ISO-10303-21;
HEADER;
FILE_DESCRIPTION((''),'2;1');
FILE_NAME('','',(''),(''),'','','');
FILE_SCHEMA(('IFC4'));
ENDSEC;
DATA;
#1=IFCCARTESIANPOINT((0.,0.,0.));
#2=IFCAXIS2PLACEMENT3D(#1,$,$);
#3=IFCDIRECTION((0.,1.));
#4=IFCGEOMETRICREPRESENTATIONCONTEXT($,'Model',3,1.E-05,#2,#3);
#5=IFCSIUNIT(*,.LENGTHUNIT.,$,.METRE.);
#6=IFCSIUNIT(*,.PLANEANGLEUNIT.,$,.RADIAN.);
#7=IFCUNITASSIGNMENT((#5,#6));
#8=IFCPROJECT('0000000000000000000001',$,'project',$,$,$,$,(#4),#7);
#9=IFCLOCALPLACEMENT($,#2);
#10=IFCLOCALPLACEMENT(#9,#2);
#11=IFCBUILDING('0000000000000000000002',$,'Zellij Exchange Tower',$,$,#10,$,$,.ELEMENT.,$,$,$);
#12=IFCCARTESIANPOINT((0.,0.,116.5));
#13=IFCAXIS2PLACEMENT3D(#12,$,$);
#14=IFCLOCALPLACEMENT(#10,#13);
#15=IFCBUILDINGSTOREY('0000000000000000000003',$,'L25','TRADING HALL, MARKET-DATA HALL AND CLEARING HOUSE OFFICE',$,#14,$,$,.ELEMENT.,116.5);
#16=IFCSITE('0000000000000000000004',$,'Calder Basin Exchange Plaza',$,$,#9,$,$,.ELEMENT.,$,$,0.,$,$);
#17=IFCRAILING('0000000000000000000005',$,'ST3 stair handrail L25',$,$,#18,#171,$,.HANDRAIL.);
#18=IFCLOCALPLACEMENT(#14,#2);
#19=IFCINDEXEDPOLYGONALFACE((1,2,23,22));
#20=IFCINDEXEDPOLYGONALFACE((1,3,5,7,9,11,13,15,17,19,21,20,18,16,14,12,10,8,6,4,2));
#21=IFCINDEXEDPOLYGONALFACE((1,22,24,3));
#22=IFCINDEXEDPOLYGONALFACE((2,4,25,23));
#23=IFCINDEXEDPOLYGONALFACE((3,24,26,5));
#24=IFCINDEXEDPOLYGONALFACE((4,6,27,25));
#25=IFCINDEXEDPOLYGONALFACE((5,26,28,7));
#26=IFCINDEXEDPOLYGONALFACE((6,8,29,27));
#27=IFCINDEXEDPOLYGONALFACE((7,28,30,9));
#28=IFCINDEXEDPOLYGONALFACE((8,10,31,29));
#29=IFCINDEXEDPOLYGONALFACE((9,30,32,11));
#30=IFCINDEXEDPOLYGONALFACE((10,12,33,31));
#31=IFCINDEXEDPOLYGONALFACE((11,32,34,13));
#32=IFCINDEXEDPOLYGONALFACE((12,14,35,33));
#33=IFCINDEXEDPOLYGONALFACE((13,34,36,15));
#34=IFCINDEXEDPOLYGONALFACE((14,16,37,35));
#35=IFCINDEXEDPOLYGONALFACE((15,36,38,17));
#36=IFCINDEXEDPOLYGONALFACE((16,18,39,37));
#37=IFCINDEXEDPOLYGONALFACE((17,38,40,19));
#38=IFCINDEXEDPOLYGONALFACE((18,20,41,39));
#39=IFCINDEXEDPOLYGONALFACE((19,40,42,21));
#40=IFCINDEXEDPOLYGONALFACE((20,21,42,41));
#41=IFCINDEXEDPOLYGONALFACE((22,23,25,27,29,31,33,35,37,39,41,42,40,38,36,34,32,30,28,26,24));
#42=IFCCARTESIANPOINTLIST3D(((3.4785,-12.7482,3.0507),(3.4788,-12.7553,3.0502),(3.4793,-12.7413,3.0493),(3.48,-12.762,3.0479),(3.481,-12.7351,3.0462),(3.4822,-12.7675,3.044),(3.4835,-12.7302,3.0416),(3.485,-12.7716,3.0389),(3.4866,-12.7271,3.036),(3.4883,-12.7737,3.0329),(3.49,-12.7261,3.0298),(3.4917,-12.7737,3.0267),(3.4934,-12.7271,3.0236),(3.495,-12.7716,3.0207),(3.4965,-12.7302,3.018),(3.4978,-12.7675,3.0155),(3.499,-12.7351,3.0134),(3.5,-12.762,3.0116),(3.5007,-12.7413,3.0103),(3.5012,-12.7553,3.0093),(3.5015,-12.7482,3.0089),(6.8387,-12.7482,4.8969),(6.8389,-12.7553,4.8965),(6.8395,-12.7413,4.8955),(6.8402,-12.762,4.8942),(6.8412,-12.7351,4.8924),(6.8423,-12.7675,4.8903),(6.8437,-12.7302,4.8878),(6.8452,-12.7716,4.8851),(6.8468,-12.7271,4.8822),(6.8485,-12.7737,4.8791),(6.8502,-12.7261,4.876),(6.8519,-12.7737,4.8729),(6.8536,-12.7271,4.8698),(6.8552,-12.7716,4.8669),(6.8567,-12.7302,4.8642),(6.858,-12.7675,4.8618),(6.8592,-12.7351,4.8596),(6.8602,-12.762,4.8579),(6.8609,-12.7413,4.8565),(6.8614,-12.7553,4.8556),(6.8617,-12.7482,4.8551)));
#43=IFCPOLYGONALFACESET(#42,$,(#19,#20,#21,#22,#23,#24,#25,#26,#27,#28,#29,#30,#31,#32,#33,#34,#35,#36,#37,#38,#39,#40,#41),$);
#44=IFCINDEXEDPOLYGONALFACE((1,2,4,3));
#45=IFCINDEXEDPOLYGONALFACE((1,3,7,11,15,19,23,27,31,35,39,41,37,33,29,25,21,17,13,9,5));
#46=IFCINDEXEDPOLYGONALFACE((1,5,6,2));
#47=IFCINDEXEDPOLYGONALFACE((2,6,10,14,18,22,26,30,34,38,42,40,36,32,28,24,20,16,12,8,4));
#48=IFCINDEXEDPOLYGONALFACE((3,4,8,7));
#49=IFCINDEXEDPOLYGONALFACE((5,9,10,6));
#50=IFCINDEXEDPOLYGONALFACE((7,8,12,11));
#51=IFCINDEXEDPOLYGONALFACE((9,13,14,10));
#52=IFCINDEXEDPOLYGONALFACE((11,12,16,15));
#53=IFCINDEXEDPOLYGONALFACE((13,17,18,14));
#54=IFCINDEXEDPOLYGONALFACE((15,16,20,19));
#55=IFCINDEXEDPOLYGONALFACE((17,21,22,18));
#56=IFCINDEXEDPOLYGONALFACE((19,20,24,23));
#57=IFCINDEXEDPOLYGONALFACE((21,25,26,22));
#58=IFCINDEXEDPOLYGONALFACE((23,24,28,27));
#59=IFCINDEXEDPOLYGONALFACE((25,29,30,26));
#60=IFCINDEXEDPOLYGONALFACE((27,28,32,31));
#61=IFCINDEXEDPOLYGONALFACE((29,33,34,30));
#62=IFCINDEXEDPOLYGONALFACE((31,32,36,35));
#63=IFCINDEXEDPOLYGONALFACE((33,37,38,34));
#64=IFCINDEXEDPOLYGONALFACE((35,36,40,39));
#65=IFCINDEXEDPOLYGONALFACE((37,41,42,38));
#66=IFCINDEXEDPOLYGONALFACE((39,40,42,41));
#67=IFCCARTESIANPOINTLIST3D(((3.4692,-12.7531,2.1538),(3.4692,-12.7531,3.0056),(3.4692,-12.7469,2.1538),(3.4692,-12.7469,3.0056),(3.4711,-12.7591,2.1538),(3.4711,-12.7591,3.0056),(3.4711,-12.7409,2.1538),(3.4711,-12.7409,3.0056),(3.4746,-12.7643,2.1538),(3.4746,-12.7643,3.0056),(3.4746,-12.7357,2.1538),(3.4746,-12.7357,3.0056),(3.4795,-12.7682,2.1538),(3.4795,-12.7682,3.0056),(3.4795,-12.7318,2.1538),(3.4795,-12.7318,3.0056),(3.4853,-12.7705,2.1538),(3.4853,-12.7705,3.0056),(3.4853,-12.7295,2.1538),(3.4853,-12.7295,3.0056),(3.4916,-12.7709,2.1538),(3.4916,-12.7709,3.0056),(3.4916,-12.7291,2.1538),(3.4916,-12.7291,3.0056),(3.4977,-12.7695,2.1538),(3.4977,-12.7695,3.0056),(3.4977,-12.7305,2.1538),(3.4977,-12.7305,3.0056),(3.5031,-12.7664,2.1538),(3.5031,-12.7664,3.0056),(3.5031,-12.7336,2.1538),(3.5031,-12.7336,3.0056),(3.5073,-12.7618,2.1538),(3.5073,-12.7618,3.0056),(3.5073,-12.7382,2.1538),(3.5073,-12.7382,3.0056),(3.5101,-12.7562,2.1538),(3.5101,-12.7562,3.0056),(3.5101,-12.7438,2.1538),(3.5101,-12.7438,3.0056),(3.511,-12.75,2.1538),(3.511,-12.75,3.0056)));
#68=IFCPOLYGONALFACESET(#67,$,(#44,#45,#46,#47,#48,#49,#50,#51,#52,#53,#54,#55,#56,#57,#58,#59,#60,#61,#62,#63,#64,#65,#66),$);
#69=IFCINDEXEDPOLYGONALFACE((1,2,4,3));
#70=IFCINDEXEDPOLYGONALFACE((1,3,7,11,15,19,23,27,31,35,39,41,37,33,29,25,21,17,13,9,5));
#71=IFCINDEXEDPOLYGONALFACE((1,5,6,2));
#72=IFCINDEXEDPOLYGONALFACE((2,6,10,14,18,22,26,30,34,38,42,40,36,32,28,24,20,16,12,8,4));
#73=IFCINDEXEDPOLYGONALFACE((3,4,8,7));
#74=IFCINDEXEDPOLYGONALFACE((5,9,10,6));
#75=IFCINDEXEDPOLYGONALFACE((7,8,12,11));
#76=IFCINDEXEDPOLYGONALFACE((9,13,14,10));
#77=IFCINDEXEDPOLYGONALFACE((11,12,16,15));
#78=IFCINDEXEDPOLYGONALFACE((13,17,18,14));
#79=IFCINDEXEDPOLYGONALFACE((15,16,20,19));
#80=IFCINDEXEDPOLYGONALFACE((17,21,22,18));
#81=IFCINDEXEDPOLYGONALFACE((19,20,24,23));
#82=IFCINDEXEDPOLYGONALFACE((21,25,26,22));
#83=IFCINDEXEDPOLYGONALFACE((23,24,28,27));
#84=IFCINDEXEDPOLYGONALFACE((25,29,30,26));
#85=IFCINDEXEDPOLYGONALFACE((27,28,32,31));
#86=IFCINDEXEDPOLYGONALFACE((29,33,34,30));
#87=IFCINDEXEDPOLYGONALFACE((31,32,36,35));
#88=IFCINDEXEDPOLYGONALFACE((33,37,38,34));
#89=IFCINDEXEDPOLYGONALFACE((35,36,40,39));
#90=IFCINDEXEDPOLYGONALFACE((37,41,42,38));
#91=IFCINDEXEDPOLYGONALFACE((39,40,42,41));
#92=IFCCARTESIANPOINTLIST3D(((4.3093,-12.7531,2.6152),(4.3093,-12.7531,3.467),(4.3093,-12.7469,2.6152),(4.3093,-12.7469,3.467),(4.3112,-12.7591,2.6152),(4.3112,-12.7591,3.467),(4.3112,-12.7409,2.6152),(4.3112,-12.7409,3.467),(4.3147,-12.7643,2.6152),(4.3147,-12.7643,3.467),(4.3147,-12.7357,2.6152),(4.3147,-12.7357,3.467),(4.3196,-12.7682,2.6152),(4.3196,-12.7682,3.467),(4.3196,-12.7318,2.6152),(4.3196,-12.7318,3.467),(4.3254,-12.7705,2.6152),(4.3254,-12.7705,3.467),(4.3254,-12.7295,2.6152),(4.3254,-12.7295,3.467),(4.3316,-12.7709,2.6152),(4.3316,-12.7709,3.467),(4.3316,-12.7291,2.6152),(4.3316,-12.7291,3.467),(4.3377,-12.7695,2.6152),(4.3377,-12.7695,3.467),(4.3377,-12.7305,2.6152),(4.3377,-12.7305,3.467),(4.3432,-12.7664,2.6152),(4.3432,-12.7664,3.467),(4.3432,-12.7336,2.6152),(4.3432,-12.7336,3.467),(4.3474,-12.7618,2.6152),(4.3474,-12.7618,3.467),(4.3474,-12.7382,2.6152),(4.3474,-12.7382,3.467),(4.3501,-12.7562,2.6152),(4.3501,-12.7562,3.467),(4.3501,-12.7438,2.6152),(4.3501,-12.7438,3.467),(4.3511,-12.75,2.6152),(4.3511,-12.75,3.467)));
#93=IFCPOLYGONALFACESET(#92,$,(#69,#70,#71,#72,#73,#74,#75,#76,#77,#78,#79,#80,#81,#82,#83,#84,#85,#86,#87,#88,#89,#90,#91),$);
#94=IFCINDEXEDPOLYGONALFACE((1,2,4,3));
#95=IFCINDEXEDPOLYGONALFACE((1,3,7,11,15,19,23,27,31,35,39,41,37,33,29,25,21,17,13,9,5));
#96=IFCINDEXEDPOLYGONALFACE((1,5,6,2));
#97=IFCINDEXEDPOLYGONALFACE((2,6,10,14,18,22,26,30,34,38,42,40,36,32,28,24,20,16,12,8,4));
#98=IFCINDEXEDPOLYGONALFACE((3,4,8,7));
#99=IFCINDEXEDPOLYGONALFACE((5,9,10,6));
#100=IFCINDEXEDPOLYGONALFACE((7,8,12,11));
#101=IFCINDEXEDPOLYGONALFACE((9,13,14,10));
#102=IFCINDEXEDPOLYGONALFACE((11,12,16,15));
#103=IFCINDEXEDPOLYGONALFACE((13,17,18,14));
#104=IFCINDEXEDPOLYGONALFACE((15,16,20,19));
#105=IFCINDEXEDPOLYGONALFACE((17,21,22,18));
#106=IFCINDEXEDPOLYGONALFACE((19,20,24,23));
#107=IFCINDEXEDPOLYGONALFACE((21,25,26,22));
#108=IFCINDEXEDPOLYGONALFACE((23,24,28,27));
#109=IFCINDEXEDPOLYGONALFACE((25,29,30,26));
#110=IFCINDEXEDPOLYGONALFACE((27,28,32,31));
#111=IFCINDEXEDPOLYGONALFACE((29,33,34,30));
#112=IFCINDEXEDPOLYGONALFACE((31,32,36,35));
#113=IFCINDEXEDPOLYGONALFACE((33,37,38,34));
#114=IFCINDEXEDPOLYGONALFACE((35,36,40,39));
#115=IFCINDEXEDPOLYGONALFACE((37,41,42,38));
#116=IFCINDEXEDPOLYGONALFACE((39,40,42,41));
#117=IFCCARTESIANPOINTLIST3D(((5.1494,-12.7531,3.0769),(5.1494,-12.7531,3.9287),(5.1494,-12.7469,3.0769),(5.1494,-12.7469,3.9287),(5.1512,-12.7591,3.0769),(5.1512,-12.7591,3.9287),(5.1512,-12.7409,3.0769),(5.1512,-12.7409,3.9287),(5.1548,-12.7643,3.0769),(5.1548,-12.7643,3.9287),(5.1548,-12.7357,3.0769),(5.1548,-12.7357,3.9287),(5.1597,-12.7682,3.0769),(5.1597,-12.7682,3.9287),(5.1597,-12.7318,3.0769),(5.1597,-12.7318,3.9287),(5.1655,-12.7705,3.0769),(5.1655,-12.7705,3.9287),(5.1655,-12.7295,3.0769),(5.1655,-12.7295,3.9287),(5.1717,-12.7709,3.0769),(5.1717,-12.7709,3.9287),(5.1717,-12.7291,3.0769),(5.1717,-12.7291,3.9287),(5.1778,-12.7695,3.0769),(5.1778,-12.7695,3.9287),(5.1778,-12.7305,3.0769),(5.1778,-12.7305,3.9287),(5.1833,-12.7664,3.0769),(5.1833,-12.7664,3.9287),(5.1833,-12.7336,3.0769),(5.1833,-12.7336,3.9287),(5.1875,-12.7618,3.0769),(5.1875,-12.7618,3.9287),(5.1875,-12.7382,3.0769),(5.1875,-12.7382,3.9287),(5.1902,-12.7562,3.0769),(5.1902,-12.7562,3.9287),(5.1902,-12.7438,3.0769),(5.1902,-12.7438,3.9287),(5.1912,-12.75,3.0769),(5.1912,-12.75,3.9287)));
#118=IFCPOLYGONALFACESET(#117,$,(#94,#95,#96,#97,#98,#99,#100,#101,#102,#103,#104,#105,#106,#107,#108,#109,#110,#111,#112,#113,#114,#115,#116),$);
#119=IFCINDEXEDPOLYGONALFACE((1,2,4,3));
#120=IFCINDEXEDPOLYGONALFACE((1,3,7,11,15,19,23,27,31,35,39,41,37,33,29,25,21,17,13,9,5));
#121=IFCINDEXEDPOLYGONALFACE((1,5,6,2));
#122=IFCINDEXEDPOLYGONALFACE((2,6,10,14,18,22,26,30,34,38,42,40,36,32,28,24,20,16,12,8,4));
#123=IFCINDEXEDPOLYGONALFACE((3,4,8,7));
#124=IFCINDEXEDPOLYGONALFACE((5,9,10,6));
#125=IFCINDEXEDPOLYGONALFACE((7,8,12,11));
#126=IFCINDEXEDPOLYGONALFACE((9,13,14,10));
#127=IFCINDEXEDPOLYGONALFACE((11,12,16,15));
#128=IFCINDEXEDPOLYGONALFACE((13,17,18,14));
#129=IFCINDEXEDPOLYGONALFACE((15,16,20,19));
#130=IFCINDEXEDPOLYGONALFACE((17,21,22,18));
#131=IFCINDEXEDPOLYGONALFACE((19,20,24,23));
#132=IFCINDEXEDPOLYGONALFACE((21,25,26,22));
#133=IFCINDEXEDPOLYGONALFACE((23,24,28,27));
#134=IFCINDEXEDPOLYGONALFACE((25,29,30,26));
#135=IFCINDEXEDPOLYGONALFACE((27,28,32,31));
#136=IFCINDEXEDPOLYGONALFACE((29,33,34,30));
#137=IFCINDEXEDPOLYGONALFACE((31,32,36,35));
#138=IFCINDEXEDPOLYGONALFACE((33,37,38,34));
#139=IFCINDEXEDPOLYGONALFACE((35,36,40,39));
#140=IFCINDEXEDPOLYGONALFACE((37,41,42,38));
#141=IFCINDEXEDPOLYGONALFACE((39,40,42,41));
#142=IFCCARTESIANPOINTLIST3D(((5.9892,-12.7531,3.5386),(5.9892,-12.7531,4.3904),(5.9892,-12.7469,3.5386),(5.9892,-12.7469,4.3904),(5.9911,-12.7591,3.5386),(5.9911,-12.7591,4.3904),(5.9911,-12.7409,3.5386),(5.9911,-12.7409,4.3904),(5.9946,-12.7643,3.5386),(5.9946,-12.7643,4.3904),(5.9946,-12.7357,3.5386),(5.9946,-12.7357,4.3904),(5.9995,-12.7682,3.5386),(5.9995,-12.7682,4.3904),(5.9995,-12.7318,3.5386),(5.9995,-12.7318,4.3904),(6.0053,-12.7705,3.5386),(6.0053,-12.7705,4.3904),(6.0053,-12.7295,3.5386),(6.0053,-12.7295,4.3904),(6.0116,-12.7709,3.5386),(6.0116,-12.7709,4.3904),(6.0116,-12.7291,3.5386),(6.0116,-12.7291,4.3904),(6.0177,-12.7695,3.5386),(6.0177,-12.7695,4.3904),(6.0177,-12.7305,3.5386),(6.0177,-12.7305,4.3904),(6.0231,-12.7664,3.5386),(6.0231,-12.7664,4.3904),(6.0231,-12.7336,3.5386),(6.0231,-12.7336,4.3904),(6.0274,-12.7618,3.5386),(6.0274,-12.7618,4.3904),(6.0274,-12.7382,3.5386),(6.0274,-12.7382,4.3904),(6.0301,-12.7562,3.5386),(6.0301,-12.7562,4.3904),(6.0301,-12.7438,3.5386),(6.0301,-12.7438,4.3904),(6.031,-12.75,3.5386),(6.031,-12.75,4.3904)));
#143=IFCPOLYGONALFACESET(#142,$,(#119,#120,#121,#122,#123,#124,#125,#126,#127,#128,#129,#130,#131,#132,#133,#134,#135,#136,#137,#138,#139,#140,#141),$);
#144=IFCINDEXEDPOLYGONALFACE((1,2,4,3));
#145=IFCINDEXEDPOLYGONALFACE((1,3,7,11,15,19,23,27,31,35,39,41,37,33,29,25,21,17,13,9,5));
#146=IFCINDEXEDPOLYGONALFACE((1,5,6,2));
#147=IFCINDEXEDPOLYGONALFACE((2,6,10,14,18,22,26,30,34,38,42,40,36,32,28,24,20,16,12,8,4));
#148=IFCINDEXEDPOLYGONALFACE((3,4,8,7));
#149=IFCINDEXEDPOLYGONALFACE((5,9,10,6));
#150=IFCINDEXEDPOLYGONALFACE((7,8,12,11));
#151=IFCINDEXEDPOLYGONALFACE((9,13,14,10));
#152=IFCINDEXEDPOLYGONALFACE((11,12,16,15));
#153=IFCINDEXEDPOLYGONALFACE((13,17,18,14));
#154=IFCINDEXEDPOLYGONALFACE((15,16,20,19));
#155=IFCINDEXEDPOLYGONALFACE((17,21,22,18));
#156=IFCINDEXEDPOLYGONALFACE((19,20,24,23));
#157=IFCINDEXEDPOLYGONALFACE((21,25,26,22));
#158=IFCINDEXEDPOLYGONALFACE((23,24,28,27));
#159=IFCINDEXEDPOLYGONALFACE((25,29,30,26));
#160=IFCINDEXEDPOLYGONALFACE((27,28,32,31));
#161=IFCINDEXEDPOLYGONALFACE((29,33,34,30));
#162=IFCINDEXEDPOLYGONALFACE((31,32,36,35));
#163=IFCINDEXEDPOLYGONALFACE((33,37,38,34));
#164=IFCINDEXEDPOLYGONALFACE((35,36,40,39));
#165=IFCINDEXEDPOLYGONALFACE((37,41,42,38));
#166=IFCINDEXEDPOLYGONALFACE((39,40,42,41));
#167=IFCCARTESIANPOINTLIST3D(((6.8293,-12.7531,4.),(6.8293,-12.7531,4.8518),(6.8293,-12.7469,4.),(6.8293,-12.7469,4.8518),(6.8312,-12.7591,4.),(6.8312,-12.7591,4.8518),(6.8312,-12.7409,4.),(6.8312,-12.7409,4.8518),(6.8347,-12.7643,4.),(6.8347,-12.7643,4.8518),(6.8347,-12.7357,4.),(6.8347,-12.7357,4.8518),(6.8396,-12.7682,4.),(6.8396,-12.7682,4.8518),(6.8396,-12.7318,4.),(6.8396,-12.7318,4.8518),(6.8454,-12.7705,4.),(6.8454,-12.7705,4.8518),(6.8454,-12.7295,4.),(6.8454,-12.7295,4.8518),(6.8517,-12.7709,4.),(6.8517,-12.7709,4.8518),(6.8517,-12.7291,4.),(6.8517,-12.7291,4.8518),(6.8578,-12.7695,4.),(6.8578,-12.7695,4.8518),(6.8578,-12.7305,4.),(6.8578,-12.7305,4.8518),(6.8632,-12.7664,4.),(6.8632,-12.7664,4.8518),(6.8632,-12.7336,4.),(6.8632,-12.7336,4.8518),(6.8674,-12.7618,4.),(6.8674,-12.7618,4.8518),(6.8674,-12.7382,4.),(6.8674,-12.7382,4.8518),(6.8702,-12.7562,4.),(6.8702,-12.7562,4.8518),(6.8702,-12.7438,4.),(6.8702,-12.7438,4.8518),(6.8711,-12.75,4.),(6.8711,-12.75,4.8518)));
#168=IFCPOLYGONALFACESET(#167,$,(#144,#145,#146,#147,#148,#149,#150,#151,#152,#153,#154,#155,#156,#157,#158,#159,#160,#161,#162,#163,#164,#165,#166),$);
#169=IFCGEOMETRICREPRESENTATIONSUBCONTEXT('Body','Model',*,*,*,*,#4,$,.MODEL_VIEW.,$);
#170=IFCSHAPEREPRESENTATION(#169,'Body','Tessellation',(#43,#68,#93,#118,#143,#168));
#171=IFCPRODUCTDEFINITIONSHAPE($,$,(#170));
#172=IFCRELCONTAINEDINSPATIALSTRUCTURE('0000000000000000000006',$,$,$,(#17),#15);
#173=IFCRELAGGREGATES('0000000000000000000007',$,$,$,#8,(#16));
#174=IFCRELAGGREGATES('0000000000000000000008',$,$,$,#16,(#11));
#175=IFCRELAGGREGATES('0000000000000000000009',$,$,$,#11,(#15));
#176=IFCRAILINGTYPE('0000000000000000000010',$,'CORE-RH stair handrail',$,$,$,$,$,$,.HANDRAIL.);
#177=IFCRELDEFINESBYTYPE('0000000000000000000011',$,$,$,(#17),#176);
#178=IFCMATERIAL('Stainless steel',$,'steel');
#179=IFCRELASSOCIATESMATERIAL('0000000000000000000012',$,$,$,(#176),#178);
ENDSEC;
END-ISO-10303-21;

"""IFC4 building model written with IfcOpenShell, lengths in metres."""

from ifc_helpers import new_model, si_unit, direction, frame, origin, origin_2d, place, context, subcontext, project, spatial, circle, extrude, material, type_object, element, save


model = new_model("IFC4")

# Units and contexts
model_context = context("Model", 3, precision=1e-05, world=origin(), true_north=direction((0.0, 1.0)))
body_context = subcontext(model_context, "Body", "Model", "MODEL_VIEW")
ifc_project = project(units=[si_unit("LENGTHUNIT", "METRE"), si_unit("PLANEANGLEUNIT", "RADIAN")], contexts=[model_context])

# Site, building, storey
site_placement = place(None, origin())
site = spatial("IfcSite", under=ifc_project, at=site_placement, Name="Calder Basin Exchange Plaza", CompositionType="ELEMENT", RefElevation=0.0)
building_placement = place(site_placement, origin())
building = spatial("IfcBuilding", under=site, at=building_placement, Name="Zellij Exchange Tower", CompositionType="ELEMENT")
storey_placement = place(building_placement, frame((0.0, 0.0, 116.5)))
storey = spatial("IfcBuildingStorey", under=building, at=storey_placement, Name="L25", Description="TRADING HALL, MARKET-DATA HALL AND CLEARING HOUSE OFFICE", CompositionType="ELEMENT", Elevation=116.5)

# Railing
ifc_material_1 = material(Name="Stainless steel", Category="steel")
railing_type = type_object("IfcRailingType", Name="CORE-RH stair handrail", PredefinedType="HANDRAIL", material=ifc_material_1)
for number, where, name in (
    (1, (3.49, -12.75, 2.1538), "ST3 stair handrail L25"),
):
    element("IfcRailing", number, at=place(storey_placement, frame(where)), inside=storey, type_object=railing_type, Name=name, PredefinedType="HANDRAIL", context=body_context, shape_type="SweptSolid", body=[
        extrude(circle(Radius=0.0239, at=origin_2d()), frame((0.0, 0.0, 0.876), z_axis=(0.876422, 0.0, 0.481545), x_axis=(0.0, 1.0, 0.0)), (0.0, 0.0, 1.0), 3.834),
        extrude(circle(Radius=0.021, at=origin_2d()), origin(), (0.0, 0.0, 1.0), 0.8518),
        extrude(circle(Radius=0.021, at=origin_2d()), frame((0.8401, 0.0, 0.4614)), (0.0, 0.0, 1.0), 0.8518),
        extrude(circle(Radius=0.021, at=origin_2d()), frame((1.6802, 0.0, 0.9231)), (0.0, 0.0, 1.0), 0.8518),
        extrude(circle(Radius=0.021, at=origin_2d()), frame((2.52, 0.0, 1.3848)), (0.0, 0.0, 1.0), 0.8518),
        extrude(circle(Radius=0.021, at=origin_2d()), frame((3.3601, 0.0, 1.8462)), (0.0, 0.0, 1.0), 0.8518),
    ])

save(model, "model.ifc")
